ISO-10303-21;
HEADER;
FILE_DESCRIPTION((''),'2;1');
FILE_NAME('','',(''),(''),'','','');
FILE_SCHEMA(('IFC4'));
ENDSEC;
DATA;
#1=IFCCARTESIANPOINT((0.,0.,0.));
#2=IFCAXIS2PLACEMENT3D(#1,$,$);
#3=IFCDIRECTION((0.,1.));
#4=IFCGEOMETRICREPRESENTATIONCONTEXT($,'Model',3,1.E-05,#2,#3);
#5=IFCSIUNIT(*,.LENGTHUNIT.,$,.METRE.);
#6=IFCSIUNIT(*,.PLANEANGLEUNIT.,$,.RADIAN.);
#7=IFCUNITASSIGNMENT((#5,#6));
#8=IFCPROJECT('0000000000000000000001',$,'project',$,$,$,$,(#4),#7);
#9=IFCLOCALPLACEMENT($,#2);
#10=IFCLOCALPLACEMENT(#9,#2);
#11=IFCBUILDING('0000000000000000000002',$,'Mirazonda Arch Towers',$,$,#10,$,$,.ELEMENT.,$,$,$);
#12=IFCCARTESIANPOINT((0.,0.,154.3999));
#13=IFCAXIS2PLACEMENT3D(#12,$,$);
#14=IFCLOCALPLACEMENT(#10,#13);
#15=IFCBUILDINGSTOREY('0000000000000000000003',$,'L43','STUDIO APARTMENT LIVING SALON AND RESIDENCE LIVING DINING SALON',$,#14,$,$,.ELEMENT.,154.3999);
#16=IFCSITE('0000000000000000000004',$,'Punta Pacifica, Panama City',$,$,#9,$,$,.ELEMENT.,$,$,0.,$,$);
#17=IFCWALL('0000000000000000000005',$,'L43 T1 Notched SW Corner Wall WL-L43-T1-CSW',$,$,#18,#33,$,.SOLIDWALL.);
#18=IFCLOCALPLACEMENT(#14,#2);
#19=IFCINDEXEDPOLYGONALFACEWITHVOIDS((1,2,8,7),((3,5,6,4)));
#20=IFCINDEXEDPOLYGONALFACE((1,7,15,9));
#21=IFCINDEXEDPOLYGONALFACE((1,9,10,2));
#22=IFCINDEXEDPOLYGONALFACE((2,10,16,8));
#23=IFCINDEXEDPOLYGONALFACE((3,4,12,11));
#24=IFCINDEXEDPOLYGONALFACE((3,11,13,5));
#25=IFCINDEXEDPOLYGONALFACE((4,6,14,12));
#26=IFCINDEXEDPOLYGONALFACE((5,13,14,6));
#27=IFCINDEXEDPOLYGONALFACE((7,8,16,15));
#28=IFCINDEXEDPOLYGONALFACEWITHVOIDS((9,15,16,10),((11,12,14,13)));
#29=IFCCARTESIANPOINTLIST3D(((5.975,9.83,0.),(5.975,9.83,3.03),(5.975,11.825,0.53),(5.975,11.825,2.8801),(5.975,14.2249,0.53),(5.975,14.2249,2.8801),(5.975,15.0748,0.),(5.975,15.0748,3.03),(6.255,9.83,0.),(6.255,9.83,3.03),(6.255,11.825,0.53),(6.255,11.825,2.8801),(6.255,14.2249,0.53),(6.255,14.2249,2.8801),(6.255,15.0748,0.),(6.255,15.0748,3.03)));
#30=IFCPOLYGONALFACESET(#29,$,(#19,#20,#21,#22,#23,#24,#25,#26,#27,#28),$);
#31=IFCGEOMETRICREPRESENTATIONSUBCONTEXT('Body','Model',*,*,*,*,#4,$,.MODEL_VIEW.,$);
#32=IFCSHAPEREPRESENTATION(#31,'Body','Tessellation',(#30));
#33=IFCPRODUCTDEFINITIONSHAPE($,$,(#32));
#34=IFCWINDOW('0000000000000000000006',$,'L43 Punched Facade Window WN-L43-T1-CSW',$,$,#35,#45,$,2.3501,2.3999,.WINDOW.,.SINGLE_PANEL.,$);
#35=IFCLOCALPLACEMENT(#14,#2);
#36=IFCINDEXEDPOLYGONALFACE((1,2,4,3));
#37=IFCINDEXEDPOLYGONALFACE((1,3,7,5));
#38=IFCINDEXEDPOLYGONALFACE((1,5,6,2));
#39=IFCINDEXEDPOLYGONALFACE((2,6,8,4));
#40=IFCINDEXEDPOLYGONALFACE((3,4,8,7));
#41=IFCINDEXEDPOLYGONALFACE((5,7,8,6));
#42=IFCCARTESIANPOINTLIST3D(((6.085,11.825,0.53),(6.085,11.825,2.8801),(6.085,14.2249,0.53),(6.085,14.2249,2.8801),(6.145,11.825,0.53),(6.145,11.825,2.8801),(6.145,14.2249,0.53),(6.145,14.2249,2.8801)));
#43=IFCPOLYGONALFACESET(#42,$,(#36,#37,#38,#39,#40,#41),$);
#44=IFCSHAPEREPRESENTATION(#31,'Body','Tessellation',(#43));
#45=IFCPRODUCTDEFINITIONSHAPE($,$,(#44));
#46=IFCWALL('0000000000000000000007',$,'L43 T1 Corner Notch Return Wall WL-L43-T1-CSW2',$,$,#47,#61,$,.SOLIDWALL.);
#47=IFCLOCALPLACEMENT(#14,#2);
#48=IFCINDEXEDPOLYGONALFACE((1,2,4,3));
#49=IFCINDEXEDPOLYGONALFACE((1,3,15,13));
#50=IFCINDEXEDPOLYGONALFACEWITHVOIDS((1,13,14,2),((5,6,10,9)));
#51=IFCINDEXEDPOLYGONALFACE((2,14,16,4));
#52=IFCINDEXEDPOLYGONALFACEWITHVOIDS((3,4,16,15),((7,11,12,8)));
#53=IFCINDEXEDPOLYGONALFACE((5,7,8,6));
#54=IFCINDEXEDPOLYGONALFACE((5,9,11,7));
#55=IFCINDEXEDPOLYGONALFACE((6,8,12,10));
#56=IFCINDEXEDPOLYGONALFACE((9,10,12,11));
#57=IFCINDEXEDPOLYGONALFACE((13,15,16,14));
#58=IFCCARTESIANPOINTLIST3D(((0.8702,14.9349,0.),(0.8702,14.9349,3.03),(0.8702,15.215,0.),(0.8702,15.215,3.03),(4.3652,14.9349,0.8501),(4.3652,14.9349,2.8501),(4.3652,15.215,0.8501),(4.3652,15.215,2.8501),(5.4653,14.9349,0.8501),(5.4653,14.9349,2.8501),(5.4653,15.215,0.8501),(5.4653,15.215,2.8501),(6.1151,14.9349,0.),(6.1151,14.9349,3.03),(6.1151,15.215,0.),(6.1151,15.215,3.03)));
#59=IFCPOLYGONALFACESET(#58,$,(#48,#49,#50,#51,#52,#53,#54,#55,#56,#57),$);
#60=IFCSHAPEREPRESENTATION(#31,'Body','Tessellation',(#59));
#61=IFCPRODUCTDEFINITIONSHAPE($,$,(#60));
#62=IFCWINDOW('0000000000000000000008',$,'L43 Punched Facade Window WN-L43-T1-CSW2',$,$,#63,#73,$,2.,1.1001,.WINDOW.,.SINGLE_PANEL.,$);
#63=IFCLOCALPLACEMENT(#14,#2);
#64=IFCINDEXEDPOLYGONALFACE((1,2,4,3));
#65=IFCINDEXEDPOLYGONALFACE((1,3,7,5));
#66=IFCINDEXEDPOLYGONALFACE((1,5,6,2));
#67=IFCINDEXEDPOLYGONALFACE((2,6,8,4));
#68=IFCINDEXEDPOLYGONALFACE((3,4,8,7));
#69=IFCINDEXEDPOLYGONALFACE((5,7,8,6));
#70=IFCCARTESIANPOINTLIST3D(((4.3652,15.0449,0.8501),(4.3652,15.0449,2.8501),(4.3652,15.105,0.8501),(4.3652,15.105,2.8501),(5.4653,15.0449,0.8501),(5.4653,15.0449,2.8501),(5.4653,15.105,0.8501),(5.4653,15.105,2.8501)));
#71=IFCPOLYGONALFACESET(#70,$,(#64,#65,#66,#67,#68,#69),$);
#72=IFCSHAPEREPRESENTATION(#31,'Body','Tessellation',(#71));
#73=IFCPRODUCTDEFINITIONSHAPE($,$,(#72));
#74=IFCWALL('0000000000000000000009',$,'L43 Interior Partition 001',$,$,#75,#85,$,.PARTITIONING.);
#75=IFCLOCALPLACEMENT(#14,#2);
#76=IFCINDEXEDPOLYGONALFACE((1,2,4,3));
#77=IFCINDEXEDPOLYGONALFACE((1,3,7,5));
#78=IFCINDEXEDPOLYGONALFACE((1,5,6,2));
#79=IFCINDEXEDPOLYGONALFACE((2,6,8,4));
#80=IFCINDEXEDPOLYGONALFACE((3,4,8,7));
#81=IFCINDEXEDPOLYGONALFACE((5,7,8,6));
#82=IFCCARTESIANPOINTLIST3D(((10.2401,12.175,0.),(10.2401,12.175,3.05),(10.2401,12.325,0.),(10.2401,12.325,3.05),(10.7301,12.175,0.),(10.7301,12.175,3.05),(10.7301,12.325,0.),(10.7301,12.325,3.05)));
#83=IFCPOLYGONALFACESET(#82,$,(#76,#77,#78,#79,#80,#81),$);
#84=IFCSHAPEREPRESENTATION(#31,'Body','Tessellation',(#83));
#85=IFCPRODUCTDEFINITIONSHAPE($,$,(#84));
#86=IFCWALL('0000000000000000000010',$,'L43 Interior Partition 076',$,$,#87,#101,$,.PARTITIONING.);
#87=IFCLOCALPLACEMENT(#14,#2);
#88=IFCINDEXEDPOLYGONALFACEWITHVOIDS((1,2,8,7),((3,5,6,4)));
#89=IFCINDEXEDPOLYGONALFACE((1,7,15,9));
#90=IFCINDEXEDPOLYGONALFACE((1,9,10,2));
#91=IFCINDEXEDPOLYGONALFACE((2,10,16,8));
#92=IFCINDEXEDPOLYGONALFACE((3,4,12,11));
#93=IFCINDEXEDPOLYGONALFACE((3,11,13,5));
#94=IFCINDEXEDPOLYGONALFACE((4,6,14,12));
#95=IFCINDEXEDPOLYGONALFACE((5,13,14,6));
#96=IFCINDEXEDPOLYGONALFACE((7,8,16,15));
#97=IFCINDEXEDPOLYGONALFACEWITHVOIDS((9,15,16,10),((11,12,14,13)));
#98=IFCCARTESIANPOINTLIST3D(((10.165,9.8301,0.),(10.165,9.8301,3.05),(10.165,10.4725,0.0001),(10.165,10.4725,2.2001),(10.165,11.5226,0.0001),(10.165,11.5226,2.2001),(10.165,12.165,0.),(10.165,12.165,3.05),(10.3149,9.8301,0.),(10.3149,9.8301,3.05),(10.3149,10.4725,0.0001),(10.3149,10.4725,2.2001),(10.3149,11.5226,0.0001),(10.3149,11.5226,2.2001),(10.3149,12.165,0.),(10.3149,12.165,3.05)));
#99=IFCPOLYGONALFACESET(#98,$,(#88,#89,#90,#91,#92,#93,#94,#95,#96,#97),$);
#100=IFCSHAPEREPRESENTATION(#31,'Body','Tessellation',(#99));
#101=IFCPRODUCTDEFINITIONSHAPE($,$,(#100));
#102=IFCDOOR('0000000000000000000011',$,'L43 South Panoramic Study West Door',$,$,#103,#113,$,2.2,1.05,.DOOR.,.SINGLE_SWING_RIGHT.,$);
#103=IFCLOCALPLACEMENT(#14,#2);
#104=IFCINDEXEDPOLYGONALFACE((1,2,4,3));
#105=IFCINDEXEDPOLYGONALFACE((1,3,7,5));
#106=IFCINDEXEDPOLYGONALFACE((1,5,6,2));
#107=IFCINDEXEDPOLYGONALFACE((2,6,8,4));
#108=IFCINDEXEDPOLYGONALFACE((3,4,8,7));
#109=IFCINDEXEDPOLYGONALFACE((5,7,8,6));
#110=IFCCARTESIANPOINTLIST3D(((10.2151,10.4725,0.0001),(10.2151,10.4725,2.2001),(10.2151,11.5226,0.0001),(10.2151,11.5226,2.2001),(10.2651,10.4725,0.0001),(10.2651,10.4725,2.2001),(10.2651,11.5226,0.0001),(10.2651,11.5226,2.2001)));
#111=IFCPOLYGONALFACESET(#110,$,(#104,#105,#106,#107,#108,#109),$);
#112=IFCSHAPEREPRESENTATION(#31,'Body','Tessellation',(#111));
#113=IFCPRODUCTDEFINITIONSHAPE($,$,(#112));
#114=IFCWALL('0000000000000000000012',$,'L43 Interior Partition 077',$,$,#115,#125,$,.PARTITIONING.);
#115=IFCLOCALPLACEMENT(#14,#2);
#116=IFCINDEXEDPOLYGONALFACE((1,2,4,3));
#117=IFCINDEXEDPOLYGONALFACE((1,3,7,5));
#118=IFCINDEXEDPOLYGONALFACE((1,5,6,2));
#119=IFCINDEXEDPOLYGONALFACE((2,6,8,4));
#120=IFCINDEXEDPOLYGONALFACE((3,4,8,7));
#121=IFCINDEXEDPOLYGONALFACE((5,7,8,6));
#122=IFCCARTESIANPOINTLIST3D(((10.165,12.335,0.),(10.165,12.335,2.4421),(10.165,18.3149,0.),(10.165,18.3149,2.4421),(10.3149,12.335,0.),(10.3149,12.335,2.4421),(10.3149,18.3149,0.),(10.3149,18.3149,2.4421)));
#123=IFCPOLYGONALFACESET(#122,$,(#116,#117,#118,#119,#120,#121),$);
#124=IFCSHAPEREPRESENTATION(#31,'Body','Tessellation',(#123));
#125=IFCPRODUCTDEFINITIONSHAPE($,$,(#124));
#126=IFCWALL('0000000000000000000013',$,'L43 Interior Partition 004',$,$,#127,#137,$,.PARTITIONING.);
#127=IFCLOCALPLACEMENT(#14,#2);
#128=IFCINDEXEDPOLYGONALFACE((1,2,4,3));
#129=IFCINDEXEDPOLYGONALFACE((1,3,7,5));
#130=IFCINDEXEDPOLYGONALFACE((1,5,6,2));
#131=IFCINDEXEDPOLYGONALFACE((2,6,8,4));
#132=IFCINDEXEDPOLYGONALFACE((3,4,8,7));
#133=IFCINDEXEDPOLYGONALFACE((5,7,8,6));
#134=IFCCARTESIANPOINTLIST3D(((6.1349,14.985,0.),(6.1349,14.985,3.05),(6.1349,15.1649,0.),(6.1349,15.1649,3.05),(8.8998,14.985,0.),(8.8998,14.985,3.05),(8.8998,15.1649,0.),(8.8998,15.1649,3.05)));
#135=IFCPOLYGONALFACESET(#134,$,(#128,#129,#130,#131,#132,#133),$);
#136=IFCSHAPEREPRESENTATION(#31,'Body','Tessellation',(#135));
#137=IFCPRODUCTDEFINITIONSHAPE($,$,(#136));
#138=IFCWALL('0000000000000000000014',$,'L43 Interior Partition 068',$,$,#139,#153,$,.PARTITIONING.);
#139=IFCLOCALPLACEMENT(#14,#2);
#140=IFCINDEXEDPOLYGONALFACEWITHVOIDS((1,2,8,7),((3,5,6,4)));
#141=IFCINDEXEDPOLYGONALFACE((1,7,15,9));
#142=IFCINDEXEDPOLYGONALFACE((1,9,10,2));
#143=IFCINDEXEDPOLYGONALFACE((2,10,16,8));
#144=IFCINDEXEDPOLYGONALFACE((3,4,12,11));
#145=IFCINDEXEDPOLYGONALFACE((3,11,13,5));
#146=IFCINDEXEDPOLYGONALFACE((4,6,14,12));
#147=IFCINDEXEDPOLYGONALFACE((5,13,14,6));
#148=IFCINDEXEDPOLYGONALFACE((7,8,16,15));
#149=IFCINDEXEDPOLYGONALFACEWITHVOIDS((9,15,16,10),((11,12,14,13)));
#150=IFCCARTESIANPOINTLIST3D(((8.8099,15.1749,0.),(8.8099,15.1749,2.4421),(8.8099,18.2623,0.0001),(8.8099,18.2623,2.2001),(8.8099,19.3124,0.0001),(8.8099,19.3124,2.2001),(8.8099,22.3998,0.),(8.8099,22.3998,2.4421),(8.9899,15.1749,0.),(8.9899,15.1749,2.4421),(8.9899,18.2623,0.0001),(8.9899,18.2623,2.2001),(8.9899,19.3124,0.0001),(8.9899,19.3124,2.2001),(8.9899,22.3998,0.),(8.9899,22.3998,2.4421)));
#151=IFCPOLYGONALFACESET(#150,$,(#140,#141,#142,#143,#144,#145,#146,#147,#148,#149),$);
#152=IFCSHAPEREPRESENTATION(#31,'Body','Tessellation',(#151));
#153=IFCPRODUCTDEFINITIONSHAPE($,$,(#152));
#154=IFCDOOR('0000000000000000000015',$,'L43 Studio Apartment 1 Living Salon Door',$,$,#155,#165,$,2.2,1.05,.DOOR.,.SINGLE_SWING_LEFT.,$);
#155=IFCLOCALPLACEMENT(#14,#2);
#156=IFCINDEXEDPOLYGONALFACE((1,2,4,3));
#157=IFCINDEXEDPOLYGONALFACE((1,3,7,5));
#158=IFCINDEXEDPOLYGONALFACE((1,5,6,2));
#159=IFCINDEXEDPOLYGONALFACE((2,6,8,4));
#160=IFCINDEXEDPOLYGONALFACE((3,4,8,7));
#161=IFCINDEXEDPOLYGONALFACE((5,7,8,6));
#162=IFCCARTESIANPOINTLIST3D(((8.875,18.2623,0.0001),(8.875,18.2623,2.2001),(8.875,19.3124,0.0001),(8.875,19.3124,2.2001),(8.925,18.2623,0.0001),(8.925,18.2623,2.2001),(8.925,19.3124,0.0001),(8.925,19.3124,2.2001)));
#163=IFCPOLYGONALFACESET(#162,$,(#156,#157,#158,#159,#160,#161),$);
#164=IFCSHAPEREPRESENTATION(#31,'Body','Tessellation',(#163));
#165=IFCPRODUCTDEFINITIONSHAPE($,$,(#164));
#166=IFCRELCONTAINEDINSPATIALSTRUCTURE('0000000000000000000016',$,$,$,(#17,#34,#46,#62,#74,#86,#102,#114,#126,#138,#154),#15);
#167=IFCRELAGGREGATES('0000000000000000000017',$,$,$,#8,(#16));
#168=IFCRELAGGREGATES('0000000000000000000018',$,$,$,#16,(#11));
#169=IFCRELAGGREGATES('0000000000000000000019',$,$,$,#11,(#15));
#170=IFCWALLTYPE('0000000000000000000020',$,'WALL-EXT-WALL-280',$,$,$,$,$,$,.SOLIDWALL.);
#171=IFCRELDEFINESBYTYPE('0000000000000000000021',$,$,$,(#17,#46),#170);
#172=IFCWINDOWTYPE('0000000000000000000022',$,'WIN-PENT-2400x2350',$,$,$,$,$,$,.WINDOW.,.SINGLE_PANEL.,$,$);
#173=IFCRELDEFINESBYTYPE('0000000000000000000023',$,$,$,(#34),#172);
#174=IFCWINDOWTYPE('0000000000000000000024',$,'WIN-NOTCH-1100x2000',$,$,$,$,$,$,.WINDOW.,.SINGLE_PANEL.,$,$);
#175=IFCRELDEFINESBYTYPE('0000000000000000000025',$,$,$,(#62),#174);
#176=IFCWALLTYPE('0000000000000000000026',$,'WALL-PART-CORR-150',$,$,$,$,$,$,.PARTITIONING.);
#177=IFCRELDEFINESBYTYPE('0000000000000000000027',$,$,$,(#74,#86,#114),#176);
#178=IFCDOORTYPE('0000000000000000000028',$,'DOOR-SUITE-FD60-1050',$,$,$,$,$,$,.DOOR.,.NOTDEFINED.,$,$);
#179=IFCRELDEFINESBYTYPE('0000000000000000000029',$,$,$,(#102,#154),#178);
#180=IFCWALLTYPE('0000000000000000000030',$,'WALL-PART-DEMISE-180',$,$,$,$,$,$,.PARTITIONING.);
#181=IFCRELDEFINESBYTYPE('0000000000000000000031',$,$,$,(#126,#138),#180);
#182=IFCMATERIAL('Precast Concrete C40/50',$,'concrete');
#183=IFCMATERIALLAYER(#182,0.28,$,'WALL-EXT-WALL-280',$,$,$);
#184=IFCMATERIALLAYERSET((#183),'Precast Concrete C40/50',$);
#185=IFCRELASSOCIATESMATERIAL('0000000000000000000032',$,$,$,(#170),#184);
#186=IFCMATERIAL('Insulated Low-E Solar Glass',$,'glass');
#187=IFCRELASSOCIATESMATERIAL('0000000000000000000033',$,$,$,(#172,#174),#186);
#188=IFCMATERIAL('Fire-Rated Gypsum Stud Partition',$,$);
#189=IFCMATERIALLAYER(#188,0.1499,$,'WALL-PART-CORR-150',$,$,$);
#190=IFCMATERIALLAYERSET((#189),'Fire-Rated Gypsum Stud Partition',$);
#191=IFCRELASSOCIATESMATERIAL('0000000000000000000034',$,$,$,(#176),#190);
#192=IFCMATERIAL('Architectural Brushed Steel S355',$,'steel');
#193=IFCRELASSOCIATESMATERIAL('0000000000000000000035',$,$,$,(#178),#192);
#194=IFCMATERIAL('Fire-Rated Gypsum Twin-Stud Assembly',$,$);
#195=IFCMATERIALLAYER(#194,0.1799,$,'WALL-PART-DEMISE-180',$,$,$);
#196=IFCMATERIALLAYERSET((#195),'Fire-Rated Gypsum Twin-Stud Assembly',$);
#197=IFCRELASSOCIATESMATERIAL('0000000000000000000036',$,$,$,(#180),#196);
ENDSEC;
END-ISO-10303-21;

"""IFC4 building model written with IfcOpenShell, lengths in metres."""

from ifc_helpers import new_model, si_unit, direction, frame, frame_2d, origin, place, context, subcontext, project, spatial, rectangle, extrude, material, layer, layer_set, type_object, element, fill, save


model = new_model("IFC4")

# Units and contexts
model_context = context("Model", 3, precision=1e-05, world=origin(), true_north=direction((0.0, 1.0)))
body_context = subcontext(model_context, "Body", "Model", "MODEL_VIEW")
ifc_project = project(units=[si_unit("LENGTHUNIT", "METRE"), si_unit("PLANEANGLEUNIT", "RADIAN")], contexts=[model_context])

# Site, building, storey
site_placement = place(None, origin())
site = spatial("IfcSite", under=ifc_project, at=site_placement, Name="Punta Pacifica, Panama City", CompositionType="ELEMENT", RefElevation=0.0)
building_placement = place(site_placement, origin())
building = spatial("IfcBuilding", under=site, at=building_placement, Name="Mirazonda Arch Towers", CompositionType="ELEMENT")
storey_placement = place(building_placement, frame((0.0, 0.0, 154.3999)))
storey = spatial("IfcBuildingStorey", under=building, at=storey_placement, Name="L43", Description="STUDIO APARTMENT LIVING SALON AND RESIDENCE LIVING DINING SALON", CompositionType="ELEMENT", Elevation=154.3999)

# Shared definitions
ifc_material_1 = material(Name="Insulated Low-E Solar Glass", Category="glass")

# Walls, openings, windows
ifc_material_2 = material(Name="Precast Concrete C40/50", Category="concrete")
ifc_layer_1 = layer(ifc_material_2, 0.28, Name="WALL-EXT-WALL-280")
ifc_layer_set_1 = layer_set([ifc_layer_1], Name="Precast Concrete C40/50")
wall_type_1 = type_object("IfcWallType", Name="WALL-EXT-WALL-280", PredefinedType="SOLIDWALL", material=ifc_layer_set_1)
wall_1_placement = place(storey_placement, frame((6.115, 15.075, 0.0), z_axis=(0.0, 0.0, 1.0), x_axis=(0.0, -1.0, 0.0)))
wall_1 = element("IfcWall", 1, at=wall_1_placement, inside=storey, type_object=wall_type_1, Name="L43 T1 Notched SW Corner Wall WL-L43-T1-CSW", PredefinedType="SOLIDWALL", context=body_context, shape_type="SweptSolid", body=[
    extrude(rectangle(XDim=5.2449, YDim=0.28, at=frame_2d((2.6226, 0.0))), origin(), (0.0, 0.0, 1.0), 3.03),
])
opening_1_placement = place(wall_1_placement, frame((0.8501, 0.0, 0.53)))
opening_1 = element("IfcOpeningElement", 2, at=opening_1_placement, cuts=wall_1, PredefinedType="OPENING", context=body_context, shape_type="SweptSolid", body=[
    extrude(rectangle(XDim=2.3999, YDim=2.3501, at=frame_2d((1.2, 1.175))), frame((0.0, 0.1499, 0.0), z_axis=(0.0, -1.0, 0.0), x_axis=(1.0, 0.0, 0.0)), (0.0, 0.0, 1.0), 0.3),
])
window_type_1 = type_object("IfcWindowType", Name="WIN-PENT-2400x2350", PartitioningType="SINGLE_PANEL", PredefinedType="WINDOW", material=ifc_material_1)
window_1_placement = place(opening_1_placement, origin())
window_1 = element("IfcWindow", 3, at=window_1_placement, inside=storey, type_object=window_type_1, Name="L43 Punched Facade Window WN-L43-T1-CSW", OverallHeight=2.3501, OverallWidth=2.3999, PartitioningType="SINGLE_PANEL", PredefinedType="WINDOW", context=body_context, shape_type="SweptSolid", body=[
    extrude(rectangle(XDim=2.3999, YDim=2.3501, at=frame_2d((1.2, 1.175))), frame((0.0, 0.03, 0.0), z_axis=(0.0, -1.0, 0.0), x_axis=(1.0, 0.0, 0.0)), (0.0, 0.0, 1.0), 0.0601),
])
fill(opening_1, window_1)
wall_2_placement = place(storey_placement, frame((0.8701, 15.075, 0.0), z_axis=(0.0, 0.0, 1.0), x_axis=(1.0, 0.0, 0.0)))
wall_2 = element("IfcWall", 4, at=wall_2_placement, inside=storey, type_object=wall_type_1, Name="L43 T1 Corner Notch Return Wall WL-L43-T1-CSW2", PredefinedType="SOLIDWALL", context=body_context, shape_type="SweptSolid", body=[
    extrude(rectangle(XDim=5.2449, YDim=0.28, at=frame_2d((2.6226, 0.0))), origin(), (0.0, 0.0, 1.0), 3.03),
])
opening_2_placement = place(wall_2_placement, frame((3.4951, 0.0, 0.8501)))
opening_2 = element("IfcOpeningElement", 5, at=opening_2_placement, cuts=wall_2, PredefinedType="OPENING", context=body_context, shape_type="SweptSolid", body=[
    extrude(rectangle(XDim=1.1001, YDim=2.0, at=frame_2d((0.55, 1.0))), frame((0.0, 0.1499, 0.0), z_axis=(0.0, -1.0, 0.0), x_axis=(1.0, 0.0, 0.0)), (0.0, 0.0, 1.0), 0.3),
])
window_type_2 = type_object("IfcWindowType", Name="WIN-NOTCH-1100x2000", PartitioningType="SINGLE_PANEL", PredefinedType="WINDOW", material=ifc_material_1)
window_2_placement = place(opening_2_placement, origin())
window_2 = element("IfcWindow", 6, at=window_2_placement, inside=storey, type_object=window_type_2, Name="L43 Punched Facade Window WN-L43-T1-CSW2", OverallHeight=2.0, OverallWidth=1.1001, PartitioningType="SINGLE_PANEL", PredefinedType="WINDOW", context=body_context, shape_type="SweptSolid", body=[
    extrude(rectangle(XDim=1.1001, YDim=2.0, at=frame_2d((0.55, 1.0))), frame((0.0, 0.03, 0.0), z_axis=(0.0, -1.0, 0.0), x_axis=(1.0, 0.0, 0.0)), (0.0, 0.0, 1.0), 0.0601),
])
fill(opening_2, window_2)

# Wall
ifc_material_3 = material(Name="Fire-Rated Gypsum Stud Partition")
ifc_layer_2 = layer(ifc_material_3, 0.1499, Name="WALL-PART-CORR-150")
ifc_layer_set_2 = layer_set([ifc_layer_2], Name="Fire-Rated Gypsum Stud Partition")
wall_type_2 = type_object("IfcWallType", Name="WALL-PART-CORR-150", PredefinedType="PARTITIONING", material=ifc_layer_set_2)
wall_3_placement = place(storey_placement, frame((10.24, 12.25, 0.0), z_axis=(0.0, 0.0, 1.0), x_axis=(1.0, 0.0, 0.0)))
element("IfcWall", 7, at=wall_3_placement, inside=storey, type_object=wall_type_2, Name="L43 Interior Partition 001", PredefinedType="PARTITIONING", context=body_context, shape_type="SweptSolid", body=[
    extrude(rectangle(XDim=0.49, YDim=0.1499, at=frame_2d((0.2451, 0.0))), origin(), (0.0, 0.0, 1.0), 3.05),
])

# Wall, opening, door
wall_4_placement = place(storey_placement, frame((10.24, 9.8301, 0.0), z_axis=(0.0, 0.0, 1.0), x_axis=(0.0, 1.0, 0.0)))
wall_4 = element("IfcWall", 8, at=wall_4_placement, inside=storey, type_object=wall_type_2, Name="L43 Interior Partition 076", PredefinedType="PARTITIONING", context=body_context, shape_type="SweptSolid", body=[
    extrude(rectangle(XDim=2.335, YDim=0.1499, at=frame_2d((1.1675, 0.0))), origin(), (0.0, 0.0, 1.0), 3.05),
])
opening_3_placement = place(wall_4_placement, frame((0.6426, 0.0, 0.0)))
opening_3 = element("IfcOpeningElement", 9, at=opening_3_placement, cuts=wall_4, PredefinedType="OPENING", context=body_context, shape_type="SweptSolid", body=[
    extrude(rectangle(XDim=1.05, YDim=2.2, at=frame_2d((0.5249, 1.1001))), frame((0.0, 0.085, 0.0), z_axis=(0.0, -1.0, 0.0), x_axis=(1.0, 0.0, 0.0)), (0.0, 0.0, 1.0), 0.1699),
])
ifc_material_4 = material(Name="Architectural Brushed Steel S355", Category="steel")
door_type_1 = type_object("IfcDoorType", Name="DOOR-SUITE-FD60-1050", OperationType="NOTDEFINED", PredefinedType="DOOR", material=ifc_material_4)
door_1_placement = place(opening_3_placement, origin())
door_1 = element("IfcDoor", 10, at=door_1_placement, inside=storey, type_object=door_type_1, Name="L43 South Panoramic Study West Door", OperationType="SINGLE_SWING_RIGHT", OverallHeight=2.2, OverallWidth=1.05, PredefinedType="DOOR", context=body_context, shape_type="SweptSolid", body=[
    extrude(rectangle(XDim=1.05, YDim=2.2, at=frame_2d((0.5249, 1.1001))), frame((0.0, 0.0249, 0.0), z_axis=(0.0, -1.0, 0.0), x_axis=(1.0, 0.0, 0.0)), (0.0, 0.0, 1.0), 0.05),
])
fill(opening_3, door_1)

# Walls
wall_5_placement = place(storey_placement, frame((10.24, 12.335, 0.0), z_axis=(0.0, 0.0, 1.0), x_axis=(0.0, 1.0, 0.0)))
element("IfcWall", 11, at=wall_5_placement, inside=storey, type_object=wall_type_2, Name="L43 Interior Partition 077", PredefinedType="PARTITIONING", context=body_context, shape_type="SweptSolid", body=[
    extrude(rectangle(XDim=5.98, YDim=0.1499, at=frame_2d((2.99, 0.0))), origin(), (0.0, 0.0, 1.0), 2.4421),
])
ifc_material_5 = material(Name="Fire-Rated Gypsum Twin-Stud Assembly")
ifc_layer_3 = layer(ifc_material_5, 0.1799, Name="WALL-PART-DEMISE-180")
ifc_layer_set_3 = layer_set([ifc_layer_3], Name="Fire-Rated Gypsum Twin-Stud Assembly")
wall_type_3 = type_object("IfcWallType", Name="WALL-PART-DEMISE-180", PredefinedType="PARTITIONING", material=ifc_layer_set_3)
wall_6_placement = place(storey_placement, frame((6.135, 15.075, 0.0), z_axis=(0.0, 0.0, 1.0), x_axis=(1.0, 0.0, 0.0)))
element("IfcWall", 12, at=wall_6_placement, inside=storey, type_object=wall_type_3, Name="L43 Interior Partition 004", PredefinedType="PARTITIONING", context=body_context, shape_type="SweptSolid", body=[
    extrude(rectangle(XDim=2.7649, YDim=0.1799, at=frame_2d((1.3823, 0.0))), origin(), (0.0, 0.0, 1.0), 3.05),
])

# Wall, opening, door
wall_7_placement = place(storey_placement, frame((8.8999, 15.175, 0.0), z_axis=(0.0, 0.0, 1.0), x_axis=(0.0, 1.0, 0.0)))
wall_7 = element("IfcWall", 13, at=wall_7_placement, inside=storey, type_object=wall_type_3, Name="L43 Interior Partition 068", PredefinedType="PARTITIONING", context=body_context, shape_type="SweptSolid", body=[
    extrude(rectangle(XDim=7.2249, YDim=0.1799, at=frame_2d((3.6123, 0.0))), origin(), (0.0, 0.0, 1.0), 2.4421),
])
opening_4_placement = place(wall_7_placement, frame((3.0874, 0.0, 0.0)))
opening_4 = element("IfcOpeningElement", 14, at=opening_4_placement, cuts=wall_7, PredefinedType="OPENING", context=body_context, shape_type="SweptSolid", body=[
    extrude(rectangle(XDim=1.05, YDim=2.2, at=frame_2d((0.5249, 1.1001))), frame((0.0, 0.0999, 0.0), z_axis=(0.0, -1.0, 0.0), x_axis=(1.0, 0.0, 0.0)), (0.0, 0.0, 1.0), 0.2),
])
door_2_placement = place(opening_4_placement, origin())
door_2 = element("IfcDoor", 15, at=door_2_placement, inside=storey, type_object=door_type_1, Name="L43 Studio Apartment 1 Living Salon Door", OperationType="SINGLE_SWING_LEFT", OverallHeight=2.2, OverallWidth=1.05, PredefinedType="DOOR", context=body_context, shape_type="SweptSolid", body=[
    extrude(rectangle(XDim=1.05, YDim=2.2, at=frame_2d((0.5249, 1.1001))), frame((0.0, 0.0249, 0.0), z_axis=(0.0, -1.0, 0.0), x_axis=(1.0, 0.0, 0.0)), (0.0, 0.0, 1.0), 0.05),
])
fill(opening_4, door_2)

save(model, "model.ifc")
